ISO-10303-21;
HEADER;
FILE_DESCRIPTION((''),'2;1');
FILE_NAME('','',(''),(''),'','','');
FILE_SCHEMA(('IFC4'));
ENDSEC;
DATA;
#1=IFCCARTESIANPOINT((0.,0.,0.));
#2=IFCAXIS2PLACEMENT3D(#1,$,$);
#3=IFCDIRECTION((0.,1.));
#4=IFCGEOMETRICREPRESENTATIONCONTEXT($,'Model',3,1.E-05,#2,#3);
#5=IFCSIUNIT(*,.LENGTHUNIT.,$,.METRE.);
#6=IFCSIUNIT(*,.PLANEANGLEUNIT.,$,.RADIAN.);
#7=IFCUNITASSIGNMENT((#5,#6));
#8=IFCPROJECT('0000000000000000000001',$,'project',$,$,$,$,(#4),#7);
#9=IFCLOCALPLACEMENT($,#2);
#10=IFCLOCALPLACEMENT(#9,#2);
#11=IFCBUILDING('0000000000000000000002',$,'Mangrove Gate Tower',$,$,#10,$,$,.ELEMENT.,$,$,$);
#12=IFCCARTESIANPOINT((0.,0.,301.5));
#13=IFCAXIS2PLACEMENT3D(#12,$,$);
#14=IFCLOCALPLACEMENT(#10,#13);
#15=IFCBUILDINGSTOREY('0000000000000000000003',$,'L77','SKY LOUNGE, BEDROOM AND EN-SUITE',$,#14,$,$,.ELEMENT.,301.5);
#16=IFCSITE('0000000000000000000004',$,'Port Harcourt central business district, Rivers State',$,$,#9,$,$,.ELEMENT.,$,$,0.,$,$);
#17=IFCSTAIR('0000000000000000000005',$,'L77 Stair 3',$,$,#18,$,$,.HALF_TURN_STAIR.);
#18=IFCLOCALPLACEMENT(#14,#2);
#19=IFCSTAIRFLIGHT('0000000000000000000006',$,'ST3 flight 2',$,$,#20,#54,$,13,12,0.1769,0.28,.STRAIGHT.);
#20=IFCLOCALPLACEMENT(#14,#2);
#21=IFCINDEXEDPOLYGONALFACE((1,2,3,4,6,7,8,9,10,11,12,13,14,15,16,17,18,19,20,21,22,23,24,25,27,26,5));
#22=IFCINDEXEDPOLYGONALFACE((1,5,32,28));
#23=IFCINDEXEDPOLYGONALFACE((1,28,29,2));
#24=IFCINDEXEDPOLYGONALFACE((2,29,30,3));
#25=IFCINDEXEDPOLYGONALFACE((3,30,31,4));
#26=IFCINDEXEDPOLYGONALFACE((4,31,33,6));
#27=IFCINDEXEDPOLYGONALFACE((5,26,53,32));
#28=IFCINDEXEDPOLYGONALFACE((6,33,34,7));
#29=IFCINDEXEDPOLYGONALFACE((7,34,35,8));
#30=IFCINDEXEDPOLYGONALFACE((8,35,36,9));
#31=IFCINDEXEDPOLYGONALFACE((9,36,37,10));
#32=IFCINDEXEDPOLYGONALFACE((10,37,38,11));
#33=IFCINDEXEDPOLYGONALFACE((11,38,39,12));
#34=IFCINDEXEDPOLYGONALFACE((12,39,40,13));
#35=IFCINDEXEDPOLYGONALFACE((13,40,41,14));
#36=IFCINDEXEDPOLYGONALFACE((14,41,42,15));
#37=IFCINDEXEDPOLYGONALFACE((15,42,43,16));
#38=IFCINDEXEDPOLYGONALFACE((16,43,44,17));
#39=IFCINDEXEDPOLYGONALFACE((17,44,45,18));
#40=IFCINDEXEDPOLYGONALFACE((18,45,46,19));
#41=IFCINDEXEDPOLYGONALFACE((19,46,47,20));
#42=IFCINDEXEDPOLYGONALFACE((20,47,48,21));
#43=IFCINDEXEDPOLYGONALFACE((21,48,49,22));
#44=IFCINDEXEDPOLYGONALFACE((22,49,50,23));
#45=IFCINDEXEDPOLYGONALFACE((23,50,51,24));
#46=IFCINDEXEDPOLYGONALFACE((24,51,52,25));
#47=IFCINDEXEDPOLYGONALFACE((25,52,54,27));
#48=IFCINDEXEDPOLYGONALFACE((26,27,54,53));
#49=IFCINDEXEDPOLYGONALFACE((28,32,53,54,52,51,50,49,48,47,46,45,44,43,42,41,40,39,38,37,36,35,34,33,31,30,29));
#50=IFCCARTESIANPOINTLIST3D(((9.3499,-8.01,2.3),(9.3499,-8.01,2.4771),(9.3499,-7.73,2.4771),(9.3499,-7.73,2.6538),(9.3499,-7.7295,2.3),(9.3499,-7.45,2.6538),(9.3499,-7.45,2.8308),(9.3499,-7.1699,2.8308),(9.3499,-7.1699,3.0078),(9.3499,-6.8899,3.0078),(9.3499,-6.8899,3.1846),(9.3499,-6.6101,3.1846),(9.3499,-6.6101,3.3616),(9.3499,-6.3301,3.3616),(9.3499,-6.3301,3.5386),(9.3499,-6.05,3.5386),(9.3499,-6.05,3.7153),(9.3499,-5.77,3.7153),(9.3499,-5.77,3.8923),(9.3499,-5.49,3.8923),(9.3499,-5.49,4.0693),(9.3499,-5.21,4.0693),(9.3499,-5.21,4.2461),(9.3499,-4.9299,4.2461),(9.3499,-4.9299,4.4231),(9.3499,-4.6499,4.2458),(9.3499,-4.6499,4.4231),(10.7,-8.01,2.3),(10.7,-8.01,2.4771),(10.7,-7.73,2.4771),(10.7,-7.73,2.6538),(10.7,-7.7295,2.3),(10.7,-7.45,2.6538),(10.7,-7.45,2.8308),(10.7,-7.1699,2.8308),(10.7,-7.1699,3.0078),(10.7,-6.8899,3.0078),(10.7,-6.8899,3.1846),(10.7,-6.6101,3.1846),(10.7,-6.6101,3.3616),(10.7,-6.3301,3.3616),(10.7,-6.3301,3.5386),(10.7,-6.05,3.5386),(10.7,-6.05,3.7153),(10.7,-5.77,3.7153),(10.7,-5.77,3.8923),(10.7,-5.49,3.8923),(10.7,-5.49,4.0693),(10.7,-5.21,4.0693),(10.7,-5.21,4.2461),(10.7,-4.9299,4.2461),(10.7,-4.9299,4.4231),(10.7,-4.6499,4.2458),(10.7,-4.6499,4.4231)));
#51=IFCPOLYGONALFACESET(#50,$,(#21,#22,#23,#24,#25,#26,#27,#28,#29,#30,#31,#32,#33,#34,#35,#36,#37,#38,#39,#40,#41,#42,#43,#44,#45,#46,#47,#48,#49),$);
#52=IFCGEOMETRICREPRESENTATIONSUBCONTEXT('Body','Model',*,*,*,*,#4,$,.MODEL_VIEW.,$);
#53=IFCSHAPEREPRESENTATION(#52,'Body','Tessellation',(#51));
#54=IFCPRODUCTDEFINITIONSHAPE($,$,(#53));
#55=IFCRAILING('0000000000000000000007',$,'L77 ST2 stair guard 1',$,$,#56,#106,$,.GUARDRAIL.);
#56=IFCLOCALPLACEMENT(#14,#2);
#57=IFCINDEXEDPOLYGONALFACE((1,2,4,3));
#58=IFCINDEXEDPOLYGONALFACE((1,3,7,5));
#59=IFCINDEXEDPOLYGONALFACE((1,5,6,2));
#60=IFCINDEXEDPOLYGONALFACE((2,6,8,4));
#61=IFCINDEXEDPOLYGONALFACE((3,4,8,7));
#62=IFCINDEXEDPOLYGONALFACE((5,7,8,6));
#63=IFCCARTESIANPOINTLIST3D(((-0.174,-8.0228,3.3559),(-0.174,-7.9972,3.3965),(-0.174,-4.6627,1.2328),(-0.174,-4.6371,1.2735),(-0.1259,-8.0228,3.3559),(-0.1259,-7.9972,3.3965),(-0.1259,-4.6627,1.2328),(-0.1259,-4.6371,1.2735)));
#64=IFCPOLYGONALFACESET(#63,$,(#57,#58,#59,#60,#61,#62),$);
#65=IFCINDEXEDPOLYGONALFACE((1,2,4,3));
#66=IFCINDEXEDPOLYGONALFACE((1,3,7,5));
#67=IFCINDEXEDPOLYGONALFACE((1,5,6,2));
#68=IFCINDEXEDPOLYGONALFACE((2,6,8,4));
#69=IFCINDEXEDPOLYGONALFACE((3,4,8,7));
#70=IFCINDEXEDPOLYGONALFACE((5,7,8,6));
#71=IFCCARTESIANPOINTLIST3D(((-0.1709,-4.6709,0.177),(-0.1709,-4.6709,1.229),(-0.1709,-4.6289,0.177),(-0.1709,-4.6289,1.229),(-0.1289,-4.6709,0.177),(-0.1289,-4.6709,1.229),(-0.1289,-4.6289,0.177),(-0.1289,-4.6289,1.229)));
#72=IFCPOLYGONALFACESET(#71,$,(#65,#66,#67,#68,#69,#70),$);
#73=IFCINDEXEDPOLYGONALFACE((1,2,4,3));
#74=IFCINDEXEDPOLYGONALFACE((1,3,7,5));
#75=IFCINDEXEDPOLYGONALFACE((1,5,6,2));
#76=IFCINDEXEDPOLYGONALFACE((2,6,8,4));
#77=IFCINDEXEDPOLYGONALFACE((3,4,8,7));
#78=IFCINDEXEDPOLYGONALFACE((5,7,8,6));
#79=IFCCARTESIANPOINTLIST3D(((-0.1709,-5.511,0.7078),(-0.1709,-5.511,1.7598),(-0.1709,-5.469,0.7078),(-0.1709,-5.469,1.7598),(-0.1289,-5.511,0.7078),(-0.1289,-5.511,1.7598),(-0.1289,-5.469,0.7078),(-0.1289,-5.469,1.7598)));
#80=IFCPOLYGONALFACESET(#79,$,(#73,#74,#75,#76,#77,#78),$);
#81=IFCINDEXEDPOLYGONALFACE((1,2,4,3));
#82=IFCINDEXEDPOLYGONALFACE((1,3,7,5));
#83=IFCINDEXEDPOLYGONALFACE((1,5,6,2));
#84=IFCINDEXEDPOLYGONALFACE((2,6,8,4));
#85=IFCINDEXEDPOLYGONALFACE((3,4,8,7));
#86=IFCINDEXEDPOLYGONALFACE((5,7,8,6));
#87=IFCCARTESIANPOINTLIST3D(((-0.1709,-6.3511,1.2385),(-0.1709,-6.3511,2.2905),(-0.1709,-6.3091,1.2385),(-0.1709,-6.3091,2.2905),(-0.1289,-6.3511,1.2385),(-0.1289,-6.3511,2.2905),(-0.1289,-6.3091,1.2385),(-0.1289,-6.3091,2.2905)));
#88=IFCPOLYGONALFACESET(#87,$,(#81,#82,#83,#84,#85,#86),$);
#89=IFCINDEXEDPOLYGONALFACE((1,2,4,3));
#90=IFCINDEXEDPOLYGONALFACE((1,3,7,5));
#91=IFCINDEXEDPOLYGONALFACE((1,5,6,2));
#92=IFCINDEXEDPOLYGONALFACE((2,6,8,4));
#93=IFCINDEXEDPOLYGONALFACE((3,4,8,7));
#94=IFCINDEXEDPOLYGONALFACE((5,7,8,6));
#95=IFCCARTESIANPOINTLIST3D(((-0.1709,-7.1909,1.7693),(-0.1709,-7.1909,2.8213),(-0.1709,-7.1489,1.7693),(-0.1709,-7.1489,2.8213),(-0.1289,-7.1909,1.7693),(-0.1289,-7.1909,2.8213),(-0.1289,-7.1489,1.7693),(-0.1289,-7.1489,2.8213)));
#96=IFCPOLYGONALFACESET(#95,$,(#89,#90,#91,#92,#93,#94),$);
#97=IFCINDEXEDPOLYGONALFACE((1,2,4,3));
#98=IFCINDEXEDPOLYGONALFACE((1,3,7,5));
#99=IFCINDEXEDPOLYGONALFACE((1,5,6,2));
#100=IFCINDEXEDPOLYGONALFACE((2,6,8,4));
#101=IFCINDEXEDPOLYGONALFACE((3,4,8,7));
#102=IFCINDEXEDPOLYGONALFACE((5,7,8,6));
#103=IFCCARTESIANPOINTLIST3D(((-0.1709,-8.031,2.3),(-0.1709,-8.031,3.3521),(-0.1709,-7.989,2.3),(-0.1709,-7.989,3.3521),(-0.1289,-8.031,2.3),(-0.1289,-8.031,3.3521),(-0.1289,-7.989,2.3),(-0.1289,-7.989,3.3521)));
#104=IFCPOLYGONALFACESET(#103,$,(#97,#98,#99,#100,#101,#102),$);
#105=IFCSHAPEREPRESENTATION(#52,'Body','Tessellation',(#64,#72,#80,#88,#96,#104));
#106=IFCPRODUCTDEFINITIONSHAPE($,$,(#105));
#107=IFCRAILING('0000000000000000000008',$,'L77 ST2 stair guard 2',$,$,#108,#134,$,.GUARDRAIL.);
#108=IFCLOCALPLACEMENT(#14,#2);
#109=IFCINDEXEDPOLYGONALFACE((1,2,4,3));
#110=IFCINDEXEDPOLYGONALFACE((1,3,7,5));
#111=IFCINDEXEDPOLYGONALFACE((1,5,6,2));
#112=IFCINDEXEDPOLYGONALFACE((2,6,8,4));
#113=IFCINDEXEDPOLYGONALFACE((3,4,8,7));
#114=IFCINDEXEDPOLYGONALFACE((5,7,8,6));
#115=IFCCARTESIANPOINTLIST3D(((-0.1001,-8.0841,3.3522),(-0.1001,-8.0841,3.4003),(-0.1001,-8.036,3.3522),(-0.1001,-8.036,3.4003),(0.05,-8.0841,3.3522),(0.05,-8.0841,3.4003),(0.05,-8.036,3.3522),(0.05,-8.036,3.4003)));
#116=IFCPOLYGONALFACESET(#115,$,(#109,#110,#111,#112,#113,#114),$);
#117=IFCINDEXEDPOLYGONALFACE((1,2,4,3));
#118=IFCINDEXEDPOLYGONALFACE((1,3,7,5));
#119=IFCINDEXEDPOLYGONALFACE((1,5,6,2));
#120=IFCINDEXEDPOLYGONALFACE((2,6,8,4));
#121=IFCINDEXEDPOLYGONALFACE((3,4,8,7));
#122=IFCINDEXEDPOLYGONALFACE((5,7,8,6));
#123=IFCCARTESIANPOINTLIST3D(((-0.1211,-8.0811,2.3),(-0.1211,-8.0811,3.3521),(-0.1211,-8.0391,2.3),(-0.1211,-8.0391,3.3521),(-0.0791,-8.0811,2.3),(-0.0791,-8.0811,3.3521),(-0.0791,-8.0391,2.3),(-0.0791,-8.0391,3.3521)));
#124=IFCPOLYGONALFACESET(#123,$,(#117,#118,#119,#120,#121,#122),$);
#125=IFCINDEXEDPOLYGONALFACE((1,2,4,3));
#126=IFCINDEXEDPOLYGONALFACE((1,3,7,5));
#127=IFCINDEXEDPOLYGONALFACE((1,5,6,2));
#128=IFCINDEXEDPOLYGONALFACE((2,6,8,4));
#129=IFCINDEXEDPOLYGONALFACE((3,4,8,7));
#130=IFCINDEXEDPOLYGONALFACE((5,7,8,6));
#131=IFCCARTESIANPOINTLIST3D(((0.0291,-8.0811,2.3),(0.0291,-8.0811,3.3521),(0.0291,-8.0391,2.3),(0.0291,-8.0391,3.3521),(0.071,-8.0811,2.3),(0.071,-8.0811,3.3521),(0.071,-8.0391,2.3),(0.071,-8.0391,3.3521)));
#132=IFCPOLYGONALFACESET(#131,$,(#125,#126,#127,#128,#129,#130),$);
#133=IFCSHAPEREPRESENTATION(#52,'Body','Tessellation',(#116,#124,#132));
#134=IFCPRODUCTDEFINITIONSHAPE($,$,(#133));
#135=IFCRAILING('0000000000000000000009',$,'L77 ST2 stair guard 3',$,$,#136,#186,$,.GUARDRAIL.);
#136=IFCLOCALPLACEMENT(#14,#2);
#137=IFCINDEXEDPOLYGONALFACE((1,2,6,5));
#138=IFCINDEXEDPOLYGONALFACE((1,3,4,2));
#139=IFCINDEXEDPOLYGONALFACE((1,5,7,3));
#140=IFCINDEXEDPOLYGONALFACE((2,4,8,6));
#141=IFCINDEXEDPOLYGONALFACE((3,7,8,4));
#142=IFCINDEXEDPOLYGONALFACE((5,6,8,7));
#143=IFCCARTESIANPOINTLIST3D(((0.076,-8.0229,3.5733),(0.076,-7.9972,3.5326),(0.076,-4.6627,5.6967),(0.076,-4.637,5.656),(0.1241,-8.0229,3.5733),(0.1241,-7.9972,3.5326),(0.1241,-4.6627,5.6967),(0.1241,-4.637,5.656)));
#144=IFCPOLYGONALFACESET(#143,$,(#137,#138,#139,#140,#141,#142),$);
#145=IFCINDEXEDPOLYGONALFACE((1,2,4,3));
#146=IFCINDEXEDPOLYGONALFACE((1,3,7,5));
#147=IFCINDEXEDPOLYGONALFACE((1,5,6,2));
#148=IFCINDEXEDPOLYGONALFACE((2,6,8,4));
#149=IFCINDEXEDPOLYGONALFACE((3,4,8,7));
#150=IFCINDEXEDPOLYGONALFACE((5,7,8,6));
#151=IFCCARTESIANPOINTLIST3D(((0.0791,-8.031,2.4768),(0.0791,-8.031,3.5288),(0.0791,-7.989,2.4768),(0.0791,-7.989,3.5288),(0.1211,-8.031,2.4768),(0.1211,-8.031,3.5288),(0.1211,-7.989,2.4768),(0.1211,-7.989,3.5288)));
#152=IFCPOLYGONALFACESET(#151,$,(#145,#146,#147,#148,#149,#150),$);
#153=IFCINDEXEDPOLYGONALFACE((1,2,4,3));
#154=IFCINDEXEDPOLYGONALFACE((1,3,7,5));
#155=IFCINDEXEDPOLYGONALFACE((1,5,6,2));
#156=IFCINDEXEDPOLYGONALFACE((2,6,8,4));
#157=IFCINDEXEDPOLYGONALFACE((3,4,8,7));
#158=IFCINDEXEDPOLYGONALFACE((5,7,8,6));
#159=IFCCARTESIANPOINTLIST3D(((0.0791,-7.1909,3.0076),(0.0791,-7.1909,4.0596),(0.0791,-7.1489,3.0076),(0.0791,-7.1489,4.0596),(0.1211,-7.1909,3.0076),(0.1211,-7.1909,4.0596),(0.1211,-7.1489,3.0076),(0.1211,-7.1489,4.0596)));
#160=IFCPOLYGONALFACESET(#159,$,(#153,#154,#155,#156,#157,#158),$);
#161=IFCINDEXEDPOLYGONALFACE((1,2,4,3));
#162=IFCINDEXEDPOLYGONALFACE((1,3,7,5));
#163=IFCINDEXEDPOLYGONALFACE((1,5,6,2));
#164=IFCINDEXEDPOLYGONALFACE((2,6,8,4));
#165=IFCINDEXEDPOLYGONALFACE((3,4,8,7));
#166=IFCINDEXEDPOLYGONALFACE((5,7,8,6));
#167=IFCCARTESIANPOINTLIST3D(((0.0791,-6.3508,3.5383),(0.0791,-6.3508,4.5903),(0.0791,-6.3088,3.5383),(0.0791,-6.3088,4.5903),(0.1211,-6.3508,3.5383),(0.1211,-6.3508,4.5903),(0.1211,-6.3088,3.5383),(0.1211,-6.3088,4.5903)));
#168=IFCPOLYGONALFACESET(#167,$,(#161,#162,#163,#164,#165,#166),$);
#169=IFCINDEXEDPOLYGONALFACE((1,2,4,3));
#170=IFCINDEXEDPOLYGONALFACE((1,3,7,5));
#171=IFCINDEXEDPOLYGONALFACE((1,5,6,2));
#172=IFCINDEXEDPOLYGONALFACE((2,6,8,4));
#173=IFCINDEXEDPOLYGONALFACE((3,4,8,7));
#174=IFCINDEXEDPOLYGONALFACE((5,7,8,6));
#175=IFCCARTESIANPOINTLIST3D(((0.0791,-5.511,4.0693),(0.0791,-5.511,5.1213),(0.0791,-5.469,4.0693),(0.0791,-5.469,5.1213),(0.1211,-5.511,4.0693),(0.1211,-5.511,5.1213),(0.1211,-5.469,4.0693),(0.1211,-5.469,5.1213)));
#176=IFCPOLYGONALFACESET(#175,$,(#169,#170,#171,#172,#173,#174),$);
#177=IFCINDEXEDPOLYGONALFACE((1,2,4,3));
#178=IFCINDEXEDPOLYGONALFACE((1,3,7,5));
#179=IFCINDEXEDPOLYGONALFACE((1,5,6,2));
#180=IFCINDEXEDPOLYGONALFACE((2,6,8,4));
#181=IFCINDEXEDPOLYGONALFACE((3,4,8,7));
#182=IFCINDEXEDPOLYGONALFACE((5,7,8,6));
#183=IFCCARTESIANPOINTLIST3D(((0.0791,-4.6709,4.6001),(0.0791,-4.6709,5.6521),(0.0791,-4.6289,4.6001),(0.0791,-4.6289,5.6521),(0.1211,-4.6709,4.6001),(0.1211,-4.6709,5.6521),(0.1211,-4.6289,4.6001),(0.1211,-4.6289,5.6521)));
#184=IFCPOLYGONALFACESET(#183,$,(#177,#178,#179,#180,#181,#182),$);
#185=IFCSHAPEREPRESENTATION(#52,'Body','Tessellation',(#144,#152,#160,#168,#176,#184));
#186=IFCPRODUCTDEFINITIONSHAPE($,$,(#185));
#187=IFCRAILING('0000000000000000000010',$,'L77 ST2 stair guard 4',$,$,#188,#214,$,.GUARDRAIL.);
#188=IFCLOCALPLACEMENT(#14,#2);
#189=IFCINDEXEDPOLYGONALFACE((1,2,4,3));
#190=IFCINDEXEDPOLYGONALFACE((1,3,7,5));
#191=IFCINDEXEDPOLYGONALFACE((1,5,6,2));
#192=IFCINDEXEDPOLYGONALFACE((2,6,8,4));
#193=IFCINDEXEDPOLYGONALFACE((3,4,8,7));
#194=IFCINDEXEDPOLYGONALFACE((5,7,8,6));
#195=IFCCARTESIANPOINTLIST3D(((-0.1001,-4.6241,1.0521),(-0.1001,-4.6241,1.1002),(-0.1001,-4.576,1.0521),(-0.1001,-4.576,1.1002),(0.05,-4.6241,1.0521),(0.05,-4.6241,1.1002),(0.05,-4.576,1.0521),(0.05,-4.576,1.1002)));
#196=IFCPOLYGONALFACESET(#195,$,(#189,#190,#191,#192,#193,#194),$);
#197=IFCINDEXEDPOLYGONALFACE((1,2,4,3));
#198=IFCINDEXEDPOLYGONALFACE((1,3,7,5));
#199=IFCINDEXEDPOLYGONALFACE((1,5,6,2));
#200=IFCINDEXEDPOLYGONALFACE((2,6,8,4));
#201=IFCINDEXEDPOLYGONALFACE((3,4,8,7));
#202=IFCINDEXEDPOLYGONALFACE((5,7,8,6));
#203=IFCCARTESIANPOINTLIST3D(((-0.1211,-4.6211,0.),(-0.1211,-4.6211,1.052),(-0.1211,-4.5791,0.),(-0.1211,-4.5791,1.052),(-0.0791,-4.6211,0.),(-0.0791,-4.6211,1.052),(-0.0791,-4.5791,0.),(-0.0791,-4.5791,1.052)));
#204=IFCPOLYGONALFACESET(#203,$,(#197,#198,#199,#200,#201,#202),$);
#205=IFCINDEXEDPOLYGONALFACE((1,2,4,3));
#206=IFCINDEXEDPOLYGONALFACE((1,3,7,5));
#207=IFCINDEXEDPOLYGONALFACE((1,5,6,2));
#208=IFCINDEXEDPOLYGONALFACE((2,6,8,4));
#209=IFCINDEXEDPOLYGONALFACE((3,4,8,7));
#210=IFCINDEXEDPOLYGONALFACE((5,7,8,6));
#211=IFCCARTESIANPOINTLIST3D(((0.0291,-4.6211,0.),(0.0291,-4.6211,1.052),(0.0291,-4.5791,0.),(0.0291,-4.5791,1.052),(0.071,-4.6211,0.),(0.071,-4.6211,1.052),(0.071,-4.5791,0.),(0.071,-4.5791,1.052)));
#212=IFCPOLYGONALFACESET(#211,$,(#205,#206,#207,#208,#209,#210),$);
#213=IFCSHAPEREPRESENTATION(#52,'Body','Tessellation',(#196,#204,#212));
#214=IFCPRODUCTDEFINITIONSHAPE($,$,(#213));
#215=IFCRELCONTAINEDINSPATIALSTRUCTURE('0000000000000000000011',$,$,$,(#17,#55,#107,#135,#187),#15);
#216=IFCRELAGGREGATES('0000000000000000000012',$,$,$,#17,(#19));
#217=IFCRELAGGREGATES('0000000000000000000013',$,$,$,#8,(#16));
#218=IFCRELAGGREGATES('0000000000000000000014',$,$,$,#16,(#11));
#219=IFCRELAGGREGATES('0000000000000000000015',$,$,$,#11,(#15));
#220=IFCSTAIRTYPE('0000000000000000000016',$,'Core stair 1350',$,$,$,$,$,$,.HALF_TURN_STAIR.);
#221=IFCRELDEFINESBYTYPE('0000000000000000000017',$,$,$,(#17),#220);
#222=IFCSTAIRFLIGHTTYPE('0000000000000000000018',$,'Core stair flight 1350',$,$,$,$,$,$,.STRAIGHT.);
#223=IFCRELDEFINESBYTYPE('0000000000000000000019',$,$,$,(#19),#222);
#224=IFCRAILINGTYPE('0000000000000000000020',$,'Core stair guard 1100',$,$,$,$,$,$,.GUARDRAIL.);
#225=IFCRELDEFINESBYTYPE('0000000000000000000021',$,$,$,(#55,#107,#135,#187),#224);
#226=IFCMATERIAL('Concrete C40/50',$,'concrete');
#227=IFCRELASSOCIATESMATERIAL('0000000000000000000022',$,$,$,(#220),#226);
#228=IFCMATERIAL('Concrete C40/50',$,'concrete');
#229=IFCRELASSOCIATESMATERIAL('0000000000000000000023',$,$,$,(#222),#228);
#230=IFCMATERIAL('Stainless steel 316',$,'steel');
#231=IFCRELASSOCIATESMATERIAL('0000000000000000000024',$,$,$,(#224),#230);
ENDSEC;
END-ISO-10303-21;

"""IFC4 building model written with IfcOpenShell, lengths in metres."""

from ifc_helpers import new_model, si_unit, direction, frame, origin, origin_2d, place, context, subcontext, project, spatial, polyline, rectangle, outline, extrude, material, type_object, element, aggregate, save


model = new_model("IFC4")

# Units and contexts
model_context = context("Model", 3, precision=1e-05, world=origin(), true_north=direction((0.0, 1.0)))
body_context = subcontext(model_context, "Body", "Model", "MODEL_VIEW")
ifc_project = project(units=[si_unit("LENGTHUNIT", "METRE"), si_unit("PLANEANGLEUNIT", "RADIAN")], contexts=[model_context])

# Site, building, storey
site_placement = place(None, origin())
site = spatial("IfcSite", under=ifc_project, at=site_placement, Name="Port Harcourt central business district, Rivers State", CompositionType="ELEMENT", RefElevation=0.0)
building_placement = place(site_placement, origin())
building = spatial("IfcBuilding", under=site, at=building_placement, Name="Mangrove Gate Tower", CompositionType="ELEMENT")
storey_placement = place(building_placement, frame((0.0, 0.0, 301.5)))
storey = spatial("IfcBuildingStorey", under=building, at=storey_placement, Name="L77", Description="SKY LOUNGE, BEDROOM AND EN-SUITE", CompositionType="ELEMENT", Elevation=301.5)

# Stair, stair flight
ifc_material_1 = material(Name="Concrete C40/50", Category="concrete")
stair_type = type_object("IfcStairType", Name="Core stair 1350", PredefinedType="HALF_TURN_STAIR", material=ifc_material_1)
ifc_material_2 = material(Name="Concrete C40/50", Category="concrete")
stair_flight_type = type_object("IfcStairFlightType", Name="Core stair flight 1350", PredefinedType="STRAIGHT", material=ifc_material_2)
stair_1_placement = place(storey_placement, origin())
stair_1 = element("IfcStair", 1, at=stair_1_placement, inside=storey, type_object=stair_type, Name="L77 Stair 3", PredefinedType="HALF_TURN_STAIR")
stair_flight_1_placement = place(storey_placement, frame((10.0249, -8.01, 2.3), z_axis=(0.0, 0.0, 1.0), x_axis=(0.0, 1.0, 0.0)))
stair_flight_1 = element("IfcStairFlight", 2, at=stair_flight_1_placement, type_object=stair_flight_type, Name="ST3 flight 2", NumberOfRisers=13, NumberOfTreads=12, PredefinedType="STRAIGHT", RiserHeight=0.1769, TreadLength=0.28, context=body_context, shape_type="SweptSolid", body=[
    extrude(outline(polyline([(0.0, 0.0), (0.0, 0.177), (0.28, 0.177), (0.28, 0.3538), (0.5601, 0.3538), (0.5601, 0.5308), (0.8401, 0.5308), (0.8401, 0.7078), (1.1201, 0.7078), (1.1201, 0.8845), (1.3999, 0.8845), (1.3999, 1.0615), (1.6799, 1.0615), (1.6799, 1.2385), (1.96, 1.2385), (1.96, 1.4153), (2.24, 1.4153), (2.24, 1.5923), (2.52, 1.5923), (2.52, 1.7693), (2.8, 1.7693), (2.8, 1.946), (3.0801, 1.946), (3.0801, 2.123), (3.3601, 2.123), (3.3601, 2.3), (3.3601, 1.9458), (0.2805, 0.0), (0.0, 0.0)])), frame((0.0, 0.675, 0.0), z_axis=(0.0, -1.0, 0.0), x_axis=(1.0, 0.0, 0.0)), (0.0, 0.0, 1.0), 1.3501),
])
aggregate(stair_1, [stair_flight_1])

# Railings
ifc_material_3 = material(Name="Stainless steel 316", Category="steel")
railing_type_1 = type_object("IfcRailingType", Name="Core stair guard 1100", PredefinedType="GUARDRAIL", material=ifc_material_3)
railing_1_placement = place(storey_placement, frame((-0.1499, -4.6499, 0.177)))
element("IfcRailing", 3, at=railing_1_placement, inside=storey, type_object=railing_type_1, Name="L77 ST2 stair guard 1", PredefinedType="GUARDRAIL", context=body_context, shape_type="SweptSolid", body=[
    extrude(rectangle(XDim=0.0481, YDim=0.0481, at=origin_2d()), frame((0.0, 0.0, 1.0762), z_axis=(0.0, -0.84539, 0.53415), x_axis=(1.0, 0.0, 0.0)), (0.0, 0.0, 1.0), 3.9746),
    extrude(rectangle(XDim=0.042, YDim=0.042, at=origin_2d()), origin(), (0.0, 0.0, 1.0), 1.052),
    extrude(rectangle(XDim=0.042, YDim=0.042, at=origin_2d()), frame((0.0, -0.8401, 0.5308)), (0.0, 0.0, 1.0), 1.052),
    extrude(rectangle(XDim=0.042, YDim=0.042, at=origin_2d()), frame((0.0, -1.6802, 1.0615)), (0.0, 0.0, 1.0), 1.052),
    extrude(rectangle(XDim=0.042, YDim=0.042, at=origin_2d()), frame((0.0, -2.52, 1.5923)), (0.0, 0.0, 1.0), 1.052),
    extrude(rectangle(XDim=0.042, YDim=0.042, at=origin_2d()), frame((0.0, -3.3601, 2.123)), (0.0, 0.0, 1.0), 1.052),
])
railing_2_placement = place(storey_placement, frame((-0.1001, -8.0601, 2.3)))
element("IfcRailing", 4, at=railing_2_placement, inside=storey, type_object=railing_type_1, Name="L77 ST2 stair guard 2", PredefinedType="GUARDRAIL", context=body_context, shape_type="SweptSolid", body=[
    extrude(rectangle(XDim=0.0481, YDim=0.0481, at=origin_2d()), frame((0.0, 0.0, 1.0762), z_axis=(1.0, 0.0, 0.0), x_axis=(0.0, 1.0, 0.0)), (0.0, 0.0, 1.0), 0.1501),
    extrude(rectangle(XDim=0.042, YDim=0.042, at=origin_2d()), origin(), (0.0, 0.0, 1.0), 1.052),
    extrude(rectangle(XDim=0.042, YDim=0.042, at=origin_2d()), frame((0.1501, 0.0, 0.0)), (0.0, 0.0, 1.0), 1.052),
])
railing_3_placement = place(storey_placement, frame((0.1001, -8.01, 2.4768)))
element("IfcRailing", 5, at=railing_3_placement, inside=storey, type_object=railing_type_1, Name="L77 ST2 stair guard 3", PredefinedType="GUARDRAIL", context=body_context, shape_type="SweptSolid", body=[
    extrude(rectangle(XDim=0.0481, YDim=0.0481, at=origin_2d()), frame((0.0, 0.0, 1.0762), z_axis=(0.0, 0.845362, 0.534194), x_axis=(-1.0, 0.0, 0.0)), (0.0, 0.0, 1.0), 3.9749),
    extrude(rectangle(XDim=0.042, YDim=0.042, at=origin_2d()), origin(), (0.0, 0.0, 1.0), 1.052),
    extrude(rectangle(XDim=0.042, YDim=0.042, at=origin_2d()), frame((0.0, 0.8401, 0.5308)), (0.0, 0.0, 1.0), 1.052),
    extrude(rectangle(XDim=0.042, YDim=0.042, at=origin_2d()), frame((0.0, 1.6802, 1.0615)), (0.0, 0.0, 1.0), 1.052),
    extrude(rectangle(XDim=0.042, YDim=0.042, at=origin_2d()), frame((0.0, 2.52, 1.5925)), (0.0, 0.0, 1.0), 1.052),
    extrude(rectangle(XDim=0.042, YDim=0.042, at=origin_2d()), frame((0.0, 3.3601, 2.1233)), (0.0, 0.0, 1.0), 1.052),
])
railing_4_placement = place(storey_placement, frame((-0.1001, -4.6001, 0.0)))
element("IfcRailing", 6, at=railing_4_placement, inside=storey, type_object=railing_type_1, Name="L77 ST2 stair guard 4", PredefinedType="GUARDRAIL", context=body_context, shape_type="SweptSolid", body=[
    extrude(rectangle(XDim=0.0481, YDim=0.0481, at=origin_2d()), frame((0.0, 0.0, 1.0762), z_axis=(1.0, 0.0, 0.0), x_axis=(0.0, 1.0, 0.0)), (0.0, 0.0, 1.0), 0.1501),
    extrude(rectangle(XDim=0.042, YDim=0.042, at=origin_2d()), origin(), (0.0, 0.0, 1.0), 1.052),
    extrude(rectangle(XDim=0.042, YDim=0.042, at=origin_2d()), frame((0.1501, 0.0, 0.0)), (0.0, 0.0, 1.0), 1.052),
])

save(model, "model.ifc")
